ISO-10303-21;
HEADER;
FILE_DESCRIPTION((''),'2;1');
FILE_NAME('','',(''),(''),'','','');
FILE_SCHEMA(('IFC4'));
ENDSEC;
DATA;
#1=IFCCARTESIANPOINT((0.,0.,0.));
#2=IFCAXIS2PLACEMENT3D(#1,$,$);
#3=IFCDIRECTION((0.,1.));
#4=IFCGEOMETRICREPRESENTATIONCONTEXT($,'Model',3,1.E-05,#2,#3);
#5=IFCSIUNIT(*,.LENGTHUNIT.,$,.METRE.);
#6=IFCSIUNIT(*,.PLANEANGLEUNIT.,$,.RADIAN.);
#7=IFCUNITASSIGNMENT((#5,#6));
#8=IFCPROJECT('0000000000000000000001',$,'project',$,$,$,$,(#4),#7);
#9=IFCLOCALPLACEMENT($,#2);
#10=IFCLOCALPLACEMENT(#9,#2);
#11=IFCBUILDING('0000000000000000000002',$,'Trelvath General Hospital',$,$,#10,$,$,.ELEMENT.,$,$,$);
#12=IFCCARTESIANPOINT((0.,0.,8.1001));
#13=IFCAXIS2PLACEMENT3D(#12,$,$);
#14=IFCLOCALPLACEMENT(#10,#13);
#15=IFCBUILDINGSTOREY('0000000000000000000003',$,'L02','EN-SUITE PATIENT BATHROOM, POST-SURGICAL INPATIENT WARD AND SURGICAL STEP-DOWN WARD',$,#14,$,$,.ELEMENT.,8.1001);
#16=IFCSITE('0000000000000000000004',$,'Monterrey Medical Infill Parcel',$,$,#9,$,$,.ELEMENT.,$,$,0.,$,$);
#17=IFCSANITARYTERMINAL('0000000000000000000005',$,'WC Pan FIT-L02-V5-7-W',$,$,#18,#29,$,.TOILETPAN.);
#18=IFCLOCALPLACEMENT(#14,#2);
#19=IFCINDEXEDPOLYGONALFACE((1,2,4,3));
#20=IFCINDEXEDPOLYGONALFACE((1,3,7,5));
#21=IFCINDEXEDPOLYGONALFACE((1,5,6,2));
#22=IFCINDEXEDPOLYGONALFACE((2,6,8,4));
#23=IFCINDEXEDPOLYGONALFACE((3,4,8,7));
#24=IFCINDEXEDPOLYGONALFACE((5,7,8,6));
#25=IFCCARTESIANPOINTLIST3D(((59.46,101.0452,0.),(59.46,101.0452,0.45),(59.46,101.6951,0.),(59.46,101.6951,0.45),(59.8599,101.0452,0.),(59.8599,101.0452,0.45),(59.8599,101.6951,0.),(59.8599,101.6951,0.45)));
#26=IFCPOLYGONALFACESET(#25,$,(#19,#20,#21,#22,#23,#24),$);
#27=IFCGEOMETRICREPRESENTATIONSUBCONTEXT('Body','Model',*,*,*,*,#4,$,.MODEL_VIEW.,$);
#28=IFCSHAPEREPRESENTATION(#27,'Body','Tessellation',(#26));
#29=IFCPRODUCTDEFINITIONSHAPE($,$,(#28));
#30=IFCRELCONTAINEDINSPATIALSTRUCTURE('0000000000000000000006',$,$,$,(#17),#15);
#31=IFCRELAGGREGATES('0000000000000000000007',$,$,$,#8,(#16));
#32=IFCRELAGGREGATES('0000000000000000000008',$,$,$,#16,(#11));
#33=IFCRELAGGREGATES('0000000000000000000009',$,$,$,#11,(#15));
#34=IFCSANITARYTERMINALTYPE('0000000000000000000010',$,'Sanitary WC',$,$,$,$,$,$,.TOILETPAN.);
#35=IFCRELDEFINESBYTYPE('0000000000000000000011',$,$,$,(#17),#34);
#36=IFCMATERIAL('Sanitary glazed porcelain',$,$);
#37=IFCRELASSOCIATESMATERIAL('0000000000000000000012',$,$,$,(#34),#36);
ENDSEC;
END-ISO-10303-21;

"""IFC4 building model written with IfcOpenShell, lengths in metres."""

from ifc_helpers import new_model, si_unit, direction, frame, origin, origin_2d, place, context, subcontext, project, spatial, rectangle, extrude, material, type_object, element, save


model = new_model("IFC4")

# Units and contexts
model_context = context("Model", 3, precision=1e-05, world=origin(), true_north=direction((0.0, 1.0)))
body_context = subcontext(model_context, "Body", "Model", "MODEL_VIEW")
ifc_project = project(units=[si_unit("LENGTHUNIT", "METRE"), si_unit("PLANEANGLEUNIT", "RADIAN")], contexts=[model_context])

# Site, building, storey
site_placement = place(None, origin())
site = spatial("IfcSite", under=ifc_project, at=site_placement, Name="Monterrey Medical Infill Parcel", CompositionType="ELEMENT", RefElevation=0.0)
building_placement = place(site_placement, origin())
building = spatial("IfcBuilding", under=site, at=building_placement, Name="Trelvath General Hospital", CompositionType="ELEMENT")
storey_placement = place(building_placement, frame((0.0, 0.0, 8.1001)))
storey = spatial("IfcBuildingStorey", under=building, at=storey_placement, Name="L02", Description="EN-SUITE PATIENT BATHROOM, POST-SURGICAL INPATIENT WARD AND SURGICAL STEP-DOWN WARD", CompositionType="ELEMENT", Elevation=8.1001)

# Sanitary terminal
ifc_material_1 = material(Name="Sanitary glazed porcelain")
sanitary_terminal_type_1 = type_object("IfcSanitaryTerminalType", Name="Sanitary WC", PredefinedType="TOILETPAN", material=ifc_material_1)
sanitary_terminal_1_placement = place(storey_placement, frame((59.6599, 101.3701, 0.0), z_axis=(0.0, 0.0, 1.0), x_axis=(1.0, 0.0, 0.0)))
element("IfcSanitaryTerminal", 1, at=sanitary_terminal_1_placement, inside=storey, type_object=sanitary_terminal_type_1, Name="WC Pan FIT-L02-V5-7-W", PredefinedType="TOILETPAN", context=body_context, shape_type="SweptSolid", body=[
    extrude(rectangle(XDim=0.3999, YDim=0.6499, at=origin_2d()), origin(), (0.0, 0.0, 1.0), 0.45),
])

save(model, "model.ifc")
